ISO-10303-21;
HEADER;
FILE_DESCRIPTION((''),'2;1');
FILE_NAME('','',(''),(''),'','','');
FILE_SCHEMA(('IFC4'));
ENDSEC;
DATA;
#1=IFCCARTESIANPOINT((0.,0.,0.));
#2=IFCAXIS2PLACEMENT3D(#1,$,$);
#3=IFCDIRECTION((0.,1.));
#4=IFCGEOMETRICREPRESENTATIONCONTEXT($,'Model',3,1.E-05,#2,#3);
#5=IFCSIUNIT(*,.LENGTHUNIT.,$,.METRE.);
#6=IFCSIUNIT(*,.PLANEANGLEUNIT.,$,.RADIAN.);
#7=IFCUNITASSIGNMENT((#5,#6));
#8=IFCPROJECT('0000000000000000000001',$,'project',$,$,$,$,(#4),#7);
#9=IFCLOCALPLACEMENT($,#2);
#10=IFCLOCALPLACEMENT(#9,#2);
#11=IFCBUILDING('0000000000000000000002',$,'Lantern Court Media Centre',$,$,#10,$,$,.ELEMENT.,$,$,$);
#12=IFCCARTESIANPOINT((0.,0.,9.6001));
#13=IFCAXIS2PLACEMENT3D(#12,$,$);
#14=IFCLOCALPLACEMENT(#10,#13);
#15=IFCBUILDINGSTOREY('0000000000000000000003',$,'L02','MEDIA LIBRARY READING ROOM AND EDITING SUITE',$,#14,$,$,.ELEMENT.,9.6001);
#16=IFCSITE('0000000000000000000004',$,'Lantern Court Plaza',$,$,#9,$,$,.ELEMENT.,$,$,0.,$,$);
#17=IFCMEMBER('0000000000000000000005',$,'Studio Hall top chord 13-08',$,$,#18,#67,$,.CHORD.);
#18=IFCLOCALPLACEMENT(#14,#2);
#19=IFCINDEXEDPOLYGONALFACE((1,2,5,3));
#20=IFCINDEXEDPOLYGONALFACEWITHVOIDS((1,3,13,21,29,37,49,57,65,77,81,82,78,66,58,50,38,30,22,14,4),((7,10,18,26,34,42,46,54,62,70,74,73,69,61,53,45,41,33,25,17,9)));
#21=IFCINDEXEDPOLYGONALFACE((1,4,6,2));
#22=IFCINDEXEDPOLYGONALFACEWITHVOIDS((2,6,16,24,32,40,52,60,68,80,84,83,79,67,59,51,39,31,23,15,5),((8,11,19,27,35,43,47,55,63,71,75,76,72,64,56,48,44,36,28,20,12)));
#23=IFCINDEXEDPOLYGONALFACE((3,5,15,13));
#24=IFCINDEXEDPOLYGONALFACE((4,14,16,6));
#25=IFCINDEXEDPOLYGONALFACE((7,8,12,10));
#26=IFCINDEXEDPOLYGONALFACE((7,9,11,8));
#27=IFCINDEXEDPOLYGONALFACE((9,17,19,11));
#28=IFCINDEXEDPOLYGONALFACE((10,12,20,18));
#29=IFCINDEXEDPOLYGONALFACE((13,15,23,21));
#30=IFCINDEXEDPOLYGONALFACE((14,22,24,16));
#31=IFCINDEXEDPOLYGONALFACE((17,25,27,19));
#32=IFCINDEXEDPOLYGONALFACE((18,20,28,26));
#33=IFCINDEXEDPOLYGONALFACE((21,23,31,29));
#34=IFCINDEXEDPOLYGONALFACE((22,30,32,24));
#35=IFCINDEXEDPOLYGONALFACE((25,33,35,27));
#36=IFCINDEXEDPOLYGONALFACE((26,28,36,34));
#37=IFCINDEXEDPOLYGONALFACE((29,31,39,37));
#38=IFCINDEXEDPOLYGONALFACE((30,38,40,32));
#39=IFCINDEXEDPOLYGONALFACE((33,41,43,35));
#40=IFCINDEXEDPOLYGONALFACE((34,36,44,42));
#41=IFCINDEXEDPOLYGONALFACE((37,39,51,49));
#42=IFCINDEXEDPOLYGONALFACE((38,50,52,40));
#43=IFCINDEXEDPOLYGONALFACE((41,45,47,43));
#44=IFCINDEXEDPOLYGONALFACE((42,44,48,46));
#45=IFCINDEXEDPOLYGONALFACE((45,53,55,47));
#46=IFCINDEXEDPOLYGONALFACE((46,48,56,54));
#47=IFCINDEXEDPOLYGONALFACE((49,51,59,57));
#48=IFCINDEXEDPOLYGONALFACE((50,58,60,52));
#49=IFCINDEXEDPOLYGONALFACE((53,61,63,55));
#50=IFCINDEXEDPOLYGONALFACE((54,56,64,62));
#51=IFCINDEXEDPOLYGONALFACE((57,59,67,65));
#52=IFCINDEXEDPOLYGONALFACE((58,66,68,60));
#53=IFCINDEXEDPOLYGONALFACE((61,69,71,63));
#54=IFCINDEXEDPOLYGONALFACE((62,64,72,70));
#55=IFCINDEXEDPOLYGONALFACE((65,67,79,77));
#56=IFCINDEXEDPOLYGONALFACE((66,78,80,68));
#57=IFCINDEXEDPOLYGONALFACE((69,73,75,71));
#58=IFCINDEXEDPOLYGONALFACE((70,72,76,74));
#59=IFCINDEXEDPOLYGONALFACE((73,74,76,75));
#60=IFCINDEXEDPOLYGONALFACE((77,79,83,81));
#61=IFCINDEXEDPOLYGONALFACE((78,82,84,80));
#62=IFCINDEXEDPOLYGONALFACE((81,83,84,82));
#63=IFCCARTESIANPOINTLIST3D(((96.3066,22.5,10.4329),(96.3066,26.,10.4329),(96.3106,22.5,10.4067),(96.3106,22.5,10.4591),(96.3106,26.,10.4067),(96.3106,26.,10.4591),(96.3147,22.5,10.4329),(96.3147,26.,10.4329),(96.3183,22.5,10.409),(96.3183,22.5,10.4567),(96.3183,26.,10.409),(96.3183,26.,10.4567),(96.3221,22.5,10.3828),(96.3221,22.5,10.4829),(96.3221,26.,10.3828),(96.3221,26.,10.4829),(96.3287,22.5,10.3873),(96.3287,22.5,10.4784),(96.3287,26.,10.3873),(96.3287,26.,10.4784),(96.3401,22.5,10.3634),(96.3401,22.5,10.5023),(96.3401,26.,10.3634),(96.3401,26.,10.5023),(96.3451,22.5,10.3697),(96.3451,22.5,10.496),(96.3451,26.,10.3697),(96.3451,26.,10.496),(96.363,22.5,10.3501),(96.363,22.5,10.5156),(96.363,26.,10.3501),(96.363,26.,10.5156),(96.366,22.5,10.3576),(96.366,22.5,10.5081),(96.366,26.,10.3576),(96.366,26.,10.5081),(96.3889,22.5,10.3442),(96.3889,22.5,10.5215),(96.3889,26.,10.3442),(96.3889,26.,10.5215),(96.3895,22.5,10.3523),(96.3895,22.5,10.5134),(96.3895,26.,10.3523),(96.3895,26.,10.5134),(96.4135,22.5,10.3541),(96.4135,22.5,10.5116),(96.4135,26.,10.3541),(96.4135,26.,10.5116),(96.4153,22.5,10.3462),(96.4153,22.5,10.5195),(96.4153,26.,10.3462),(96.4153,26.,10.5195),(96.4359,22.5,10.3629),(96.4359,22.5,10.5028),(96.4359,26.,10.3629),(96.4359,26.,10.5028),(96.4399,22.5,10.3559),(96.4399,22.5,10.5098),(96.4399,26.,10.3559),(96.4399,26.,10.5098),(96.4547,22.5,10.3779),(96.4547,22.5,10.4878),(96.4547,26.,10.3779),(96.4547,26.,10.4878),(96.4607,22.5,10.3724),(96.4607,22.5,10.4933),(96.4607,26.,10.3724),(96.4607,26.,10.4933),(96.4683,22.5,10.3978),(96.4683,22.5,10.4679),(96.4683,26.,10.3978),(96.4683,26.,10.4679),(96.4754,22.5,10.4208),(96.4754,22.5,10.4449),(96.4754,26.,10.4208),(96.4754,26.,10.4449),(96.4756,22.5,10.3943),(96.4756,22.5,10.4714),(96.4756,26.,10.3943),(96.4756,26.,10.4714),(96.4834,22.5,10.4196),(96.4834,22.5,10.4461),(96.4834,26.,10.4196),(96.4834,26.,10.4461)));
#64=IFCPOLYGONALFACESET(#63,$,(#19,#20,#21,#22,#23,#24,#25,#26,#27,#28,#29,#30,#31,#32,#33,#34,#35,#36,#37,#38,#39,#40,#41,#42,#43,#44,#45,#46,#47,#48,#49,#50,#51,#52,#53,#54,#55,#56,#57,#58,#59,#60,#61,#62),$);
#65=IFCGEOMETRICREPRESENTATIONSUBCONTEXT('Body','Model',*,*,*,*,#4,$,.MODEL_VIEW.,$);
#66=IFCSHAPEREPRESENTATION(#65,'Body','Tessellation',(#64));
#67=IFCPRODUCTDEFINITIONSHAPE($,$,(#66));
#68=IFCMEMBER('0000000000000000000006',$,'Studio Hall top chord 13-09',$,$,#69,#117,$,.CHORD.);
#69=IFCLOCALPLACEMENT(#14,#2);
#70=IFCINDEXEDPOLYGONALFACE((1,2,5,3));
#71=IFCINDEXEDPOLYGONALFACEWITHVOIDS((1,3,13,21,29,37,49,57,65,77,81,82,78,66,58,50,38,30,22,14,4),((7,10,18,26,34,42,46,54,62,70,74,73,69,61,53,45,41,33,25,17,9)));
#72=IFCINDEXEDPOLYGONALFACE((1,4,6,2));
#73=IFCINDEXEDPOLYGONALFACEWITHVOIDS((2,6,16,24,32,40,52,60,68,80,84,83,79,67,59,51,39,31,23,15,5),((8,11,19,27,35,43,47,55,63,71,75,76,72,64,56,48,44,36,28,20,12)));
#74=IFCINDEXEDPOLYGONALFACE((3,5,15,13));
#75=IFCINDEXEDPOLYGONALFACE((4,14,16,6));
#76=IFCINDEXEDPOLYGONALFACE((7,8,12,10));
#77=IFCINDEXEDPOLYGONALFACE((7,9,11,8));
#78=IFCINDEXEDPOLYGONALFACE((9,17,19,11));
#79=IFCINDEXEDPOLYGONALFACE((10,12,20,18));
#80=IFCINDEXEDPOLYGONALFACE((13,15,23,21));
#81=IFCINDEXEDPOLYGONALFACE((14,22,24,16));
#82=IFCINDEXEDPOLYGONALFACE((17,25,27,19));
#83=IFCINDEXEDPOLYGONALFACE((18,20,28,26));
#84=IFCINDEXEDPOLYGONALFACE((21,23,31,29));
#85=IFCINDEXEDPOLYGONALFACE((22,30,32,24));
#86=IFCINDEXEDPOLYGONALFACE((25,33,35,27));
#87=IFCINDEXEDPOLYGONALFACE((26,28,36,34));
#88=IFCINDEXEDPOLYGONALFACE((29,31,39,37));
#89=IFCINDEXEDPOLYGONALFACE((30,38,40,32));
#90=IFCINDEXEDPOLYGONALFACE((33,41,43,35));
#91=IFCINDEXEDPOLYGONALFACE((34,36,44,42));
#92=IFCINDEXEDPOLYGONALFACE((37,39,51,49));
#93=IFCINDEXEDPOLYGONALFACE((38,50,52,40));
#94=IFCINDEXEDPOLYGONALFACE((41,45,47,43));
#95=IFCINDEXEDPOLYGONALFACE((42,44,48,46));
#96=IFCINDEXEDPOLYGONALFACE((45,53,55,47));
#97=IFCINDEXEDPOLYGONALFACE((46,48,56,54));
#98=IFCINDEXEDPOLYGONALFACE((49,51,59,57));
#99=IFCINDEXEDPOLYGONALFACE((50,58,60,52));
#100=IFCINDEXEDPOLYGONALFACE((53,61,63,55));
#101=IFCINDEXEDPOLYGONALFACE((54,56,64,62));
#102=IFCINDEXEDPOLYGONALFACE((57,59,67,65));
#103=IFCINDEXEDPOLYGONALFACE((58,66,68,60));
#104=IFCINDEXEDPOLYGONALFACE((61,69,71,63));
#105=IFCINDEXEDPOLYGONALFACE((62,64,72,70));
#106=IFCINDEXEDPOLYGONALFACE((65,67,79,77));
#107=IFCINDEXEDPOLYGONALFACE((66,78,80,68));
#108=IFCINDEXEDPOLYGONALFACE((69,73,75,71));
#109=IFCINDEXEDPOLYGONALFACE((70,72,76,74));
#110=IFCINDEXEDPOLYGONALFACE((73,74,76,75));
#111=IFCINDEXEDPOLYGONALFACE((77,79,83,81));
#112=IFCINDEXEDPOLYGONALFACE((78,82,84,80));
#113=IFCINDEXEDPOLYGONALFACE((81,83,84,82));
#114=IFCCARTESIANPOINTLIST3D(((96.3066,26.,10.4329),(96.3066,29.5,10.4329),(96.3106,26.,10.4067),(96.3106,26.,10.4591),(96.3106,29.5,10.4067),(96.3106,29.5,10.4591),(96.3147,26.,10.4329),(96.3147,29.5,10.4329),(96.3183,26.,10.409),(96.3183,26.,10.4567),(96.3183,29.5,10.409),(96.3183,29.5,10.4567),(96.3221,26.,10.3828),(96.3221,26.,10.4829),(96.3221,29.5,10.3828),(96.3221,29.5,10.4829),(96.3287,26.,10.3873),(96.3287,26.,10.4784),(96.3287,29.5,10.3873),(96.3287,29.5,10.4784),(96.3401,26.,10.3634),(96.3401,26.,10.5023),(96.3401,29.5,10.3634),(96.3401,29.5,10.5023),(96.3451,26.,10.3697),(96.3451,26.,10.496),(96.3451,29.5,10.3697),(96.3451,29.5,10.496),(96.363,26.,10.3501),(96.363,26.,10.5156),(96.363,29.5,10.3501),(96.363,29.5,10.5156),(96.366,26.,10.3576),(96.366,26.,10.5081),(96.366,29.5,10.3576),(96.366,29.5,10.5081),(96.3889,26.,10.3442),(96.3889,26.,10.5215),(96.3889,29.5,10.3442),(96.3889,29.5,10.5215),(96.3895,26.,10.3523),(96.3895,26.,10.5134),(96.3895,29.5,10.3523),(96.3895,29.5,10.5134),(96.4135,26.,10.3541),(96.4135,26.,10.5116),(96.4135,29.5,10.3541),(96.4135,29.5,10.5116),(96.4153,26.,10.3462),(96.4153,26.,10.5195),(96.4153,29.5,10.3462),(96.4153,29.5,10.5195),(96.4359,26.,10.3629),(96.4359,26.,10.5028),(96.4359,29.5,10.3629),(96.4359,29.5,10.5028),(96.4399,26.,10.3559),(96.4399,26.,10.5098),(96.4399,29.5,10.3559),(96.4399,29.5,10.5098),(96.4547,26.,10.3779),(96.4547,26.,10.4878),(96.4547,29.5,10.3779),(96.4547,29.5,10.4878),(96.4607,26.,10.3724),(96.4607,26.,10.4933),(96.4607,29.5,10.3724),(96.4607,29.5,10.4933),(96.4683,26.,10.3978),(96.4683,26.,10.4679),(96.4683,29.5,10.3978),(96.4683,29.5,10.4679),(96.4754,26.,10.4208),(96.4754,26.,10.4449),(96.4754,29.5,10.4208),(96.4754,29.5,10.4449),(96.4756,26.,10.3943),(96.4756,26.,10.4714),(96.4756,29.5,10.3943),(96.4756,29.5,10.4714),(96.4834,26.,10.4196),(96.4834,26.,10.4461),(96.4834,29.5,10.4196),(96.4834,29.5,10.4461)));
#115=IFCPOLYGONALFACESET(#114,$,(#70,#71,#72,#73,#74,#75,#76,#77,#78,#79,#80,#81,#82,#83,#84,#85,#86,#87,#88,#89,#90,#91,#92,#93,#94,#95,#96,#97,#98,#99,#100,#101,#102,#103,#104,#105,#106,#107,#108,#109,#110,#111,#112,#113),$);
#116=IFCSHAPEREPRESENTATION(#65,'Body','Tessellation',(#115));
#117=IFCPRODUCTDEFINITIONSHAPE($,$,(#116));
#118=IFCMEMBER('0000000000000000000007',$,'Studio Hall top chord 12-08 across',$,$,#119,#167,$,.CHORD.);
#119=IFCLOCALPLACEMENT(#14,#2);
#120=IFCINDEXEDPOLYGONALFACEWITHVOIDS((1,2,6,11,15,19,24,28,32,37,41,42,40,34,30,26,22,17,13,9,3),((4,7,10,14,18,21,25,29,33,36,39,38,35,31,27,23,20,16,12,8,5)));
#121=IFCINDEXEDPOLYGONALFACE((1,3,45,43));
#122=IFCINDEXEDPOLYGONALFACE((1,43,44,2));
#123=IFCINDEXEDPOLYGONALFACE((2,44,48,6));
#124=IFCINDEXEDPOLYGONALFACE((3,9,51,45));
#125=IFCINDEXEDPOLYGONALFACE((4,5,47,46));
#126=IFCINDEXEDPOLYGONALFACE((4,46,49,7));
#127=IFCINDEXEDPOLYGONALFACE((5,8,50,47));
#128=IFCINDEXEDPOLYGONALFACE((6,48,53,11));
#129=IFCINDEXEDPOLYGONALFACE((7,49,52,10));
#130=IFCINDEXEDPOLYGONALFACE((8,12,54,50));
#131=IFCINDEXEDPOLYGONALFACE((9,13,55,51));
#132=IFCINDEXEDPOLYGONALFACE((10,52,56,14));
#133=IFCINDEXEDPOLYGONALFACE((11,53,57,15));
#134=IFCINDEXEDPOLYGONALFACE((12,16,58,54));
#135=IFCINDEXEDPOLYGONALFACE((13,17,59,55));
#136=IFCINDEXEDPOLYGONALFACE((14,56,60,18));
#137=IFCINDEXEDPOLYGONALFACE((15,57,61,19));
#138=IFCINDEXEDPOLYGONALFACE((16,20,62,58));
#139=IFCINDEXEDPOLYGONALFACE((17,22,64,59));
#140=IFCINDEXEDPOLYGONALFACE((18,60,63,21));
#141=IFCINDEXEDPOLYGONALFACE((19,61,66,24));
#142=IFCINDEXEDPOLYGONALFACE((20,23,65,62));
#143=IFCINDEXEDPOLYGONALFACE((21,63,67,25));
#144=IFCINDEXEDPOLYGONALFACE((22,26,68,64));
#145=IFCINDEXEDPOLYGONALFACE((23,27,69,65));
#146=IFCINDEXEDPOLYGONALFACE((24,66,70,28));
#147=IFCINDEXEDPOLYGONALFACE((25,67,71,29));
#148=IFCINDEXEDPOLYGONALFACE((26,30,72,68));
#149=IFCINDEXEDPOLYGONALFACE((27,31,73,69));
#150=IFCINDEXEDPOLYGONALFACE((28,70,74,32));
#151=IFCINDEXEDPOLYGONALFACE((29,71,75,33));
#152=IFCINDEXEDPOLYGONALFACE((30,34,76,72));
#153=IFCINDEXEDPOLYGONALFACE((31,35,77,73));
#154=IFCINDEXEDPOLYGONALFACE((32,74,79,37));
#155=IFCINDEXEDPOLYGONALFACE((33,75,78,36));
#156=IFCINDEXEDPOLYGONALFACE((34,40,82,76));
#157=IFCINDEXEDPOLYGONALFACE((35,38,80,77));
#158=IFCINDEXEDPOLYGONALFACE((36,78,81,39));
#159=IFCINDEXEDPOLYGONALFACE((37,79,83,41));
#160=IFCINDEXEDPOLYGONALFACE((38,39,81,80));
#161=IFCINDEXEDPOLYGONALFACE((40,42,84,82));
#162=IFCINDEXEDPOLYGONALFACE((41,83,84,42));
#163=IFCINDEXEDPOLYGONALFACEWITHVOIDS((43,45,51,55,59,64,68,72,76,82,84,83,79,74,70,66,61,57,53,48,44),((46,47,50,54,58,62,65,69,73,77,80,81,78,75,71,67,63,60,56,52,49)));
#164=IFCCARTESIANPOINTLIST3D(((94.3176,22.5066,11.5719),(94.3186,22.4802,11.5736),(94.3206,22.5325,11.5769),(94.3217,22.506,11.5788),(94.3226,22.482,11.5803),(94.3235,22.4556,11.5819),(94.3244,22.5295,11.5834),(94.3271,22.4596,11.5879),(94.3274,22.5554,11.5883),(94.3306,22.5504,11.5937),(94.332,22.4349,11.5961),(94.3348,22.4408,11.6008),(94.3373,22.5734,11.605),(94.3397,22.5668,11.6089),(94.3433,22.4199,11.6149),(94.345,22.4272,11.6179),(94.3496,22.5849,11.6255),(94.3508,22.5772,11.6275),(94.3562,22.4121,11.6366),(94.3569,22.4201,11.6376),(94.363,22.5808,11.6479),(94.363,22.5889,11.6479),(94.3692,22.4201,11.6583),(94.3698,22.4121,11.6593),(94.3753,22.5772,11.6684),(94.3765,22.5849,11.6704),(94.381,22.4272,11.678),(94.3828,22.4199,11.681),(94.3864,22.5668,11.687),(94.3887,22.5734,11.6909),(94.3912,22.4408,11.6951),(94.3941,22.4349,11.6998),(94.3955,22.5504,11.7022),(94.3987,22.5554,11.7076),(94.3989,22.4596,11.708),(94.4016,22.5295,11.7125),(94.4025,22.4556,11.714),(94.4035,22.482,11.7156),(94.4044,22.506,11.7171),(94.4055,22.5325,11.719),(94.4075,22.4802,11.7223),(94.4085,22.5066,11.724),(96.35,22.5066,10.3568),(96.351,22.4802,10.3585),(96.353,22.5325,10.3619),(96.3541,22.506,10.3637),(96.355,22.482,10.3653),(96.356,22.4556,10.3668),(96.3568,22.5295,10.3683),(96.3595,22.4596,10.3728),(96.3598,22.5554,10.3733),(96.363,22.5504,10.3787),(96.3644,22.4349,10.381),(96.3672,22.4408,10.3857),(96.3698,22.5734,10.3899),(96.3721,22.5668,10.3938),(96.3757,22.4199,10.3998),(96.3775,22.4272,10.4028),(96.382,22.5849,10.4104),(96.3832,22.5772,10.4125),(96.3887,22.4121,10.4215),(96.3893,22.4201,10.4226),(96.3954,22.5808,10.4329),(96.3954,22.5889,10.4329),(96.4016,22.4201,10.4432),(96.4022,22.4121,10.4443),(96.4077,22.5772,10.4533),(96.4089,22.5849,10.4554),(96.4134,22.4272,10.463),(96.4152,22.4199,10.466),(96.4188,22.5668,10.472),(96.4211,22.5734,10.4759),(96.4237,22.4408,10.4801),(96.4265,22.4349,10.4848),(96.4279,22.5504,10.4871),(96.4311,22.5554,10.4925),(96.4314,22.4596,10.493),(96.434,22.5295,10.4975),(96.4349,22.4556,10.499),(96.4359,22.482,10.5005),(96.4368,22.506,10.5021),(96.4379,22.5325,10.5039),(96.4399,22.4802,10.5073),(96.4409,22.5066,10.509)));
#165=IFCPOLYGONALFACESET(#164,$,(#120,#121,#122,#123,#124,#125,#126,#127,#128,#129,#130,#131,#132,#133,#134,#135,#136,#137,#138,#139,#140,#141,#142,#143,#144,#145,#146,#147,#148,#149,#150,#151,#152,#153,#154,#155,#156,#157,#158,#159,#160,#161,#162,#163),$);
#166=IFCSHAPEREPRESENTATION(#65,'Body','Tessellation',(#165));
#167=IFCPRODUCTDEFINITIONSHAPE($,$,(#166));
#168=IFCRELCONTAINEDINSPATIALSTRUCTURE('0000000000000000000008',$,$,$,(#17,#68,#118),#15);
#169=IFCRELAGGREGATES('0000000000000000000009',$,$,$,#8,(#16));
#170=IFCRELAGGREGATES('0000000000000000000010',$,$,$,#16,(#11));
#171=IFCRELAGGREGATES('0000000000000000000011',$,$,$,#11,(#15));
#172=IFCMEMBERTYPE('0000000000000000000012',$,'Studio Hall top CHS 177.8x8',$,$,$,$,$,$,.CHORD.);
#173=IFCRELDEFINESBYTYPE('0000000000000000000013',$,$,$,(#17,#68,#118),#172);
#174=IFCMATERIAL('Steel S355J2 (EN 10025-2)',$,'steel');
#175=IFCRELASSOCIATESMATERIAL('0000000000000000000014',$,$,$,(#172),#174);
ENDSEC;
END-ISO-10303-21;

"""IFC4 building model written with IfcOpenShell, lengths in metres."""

from ifc_helpers import new_model, si_unit, direction, frame, origin, origin_2d, place, context, subcontext, project, spatial, hollow_circle, extrude, material, material_profile, profile_set, type_object, element, save


model = new_model("IFC4")

# Units and contexts
model_context = context("Model", 3, precision=1e-05, world=origin(), true_north=direction((0.0, 1.0)))
body_context = subcontext(model_context, "Body", "Model", "MODEL_VIEW")
ifc_project = project(units=[si_unit("LENGTHUNIT", "METRE"), si_unit("PLANEANGLEUNIT", "RADIAN")], contexts=[model_context])

# Site, building, storey
site_placement = place(None, origin())
site = spatial("IfcSite", under=ifc_project, at=site_placement, Name="Lantern Court Plaza", CompositionType="ELEMENT", RefElevation=0.0)
building_placement = place(site_placement, origin())
building = spatial("IfcBuilding", under=site, at=building_placement, Name="Lantern Court Media Centre", CompositionType="ELEMENT")
storey_placement = place(building_placement, frame((0.0, 0.0, 9.6001)))
storey = spatial("IfcBuildingStorey", under=building, at=storey_placement, Name="L02", Description="MEDIA LIBRARY READING ROOM AND EDITING SUITE", CompositionType="ELEMENT", Elevation=9.6001)

# Members
ifc_material = material(Name="Steel S355J2 (EN 10025-2)", Category="steel")
ifc_material_profile_1 = material_profile(ifc_material, hollow_circle(Radius=0.0889, WallThickness=0.0081, at=origin_2d()), Name="Studio Hall top CHS 177.8x8")
ifc_profile_set_1 = profile_set([ifc_material_profile_1], Name="Steel S355J2 (EN 10025-2)")
member_type_1 = type_object("IfcMemberType", Name="Studio Hall top CHS 177.8x8", PredefinedType="CHORD", material=ifc_profile_set_1)
for number, where, z_axis, x_axis, name in (
    (1, (96.3955, 22.5, 10.4329), (0.0, 1.0, 0.0), (-1.0, 0.0, 0.0), "Studio Hall top chord 13-08"),
    (2, (96.3955, 26.0, 10.4329), (0.0, 1.0, 0.0), (-1.0, 0.0, 0.0), "Studio Hall top chord 13-09"),
):
    element("IfcMember", number, at=place(storey_placement, frame(where, z_axis=z_axis, x_axis=x_axis)), inside=storey, type_object=member_type_1, Name=name, PredefinedType="CHORD", context=body_context, shape_type="SweptSolid", body=[
        extrude(hollow_circle(Radius=0.0889, WallThickness=0.0081, at=origin_2d()), origin(), (0.0, 0.0, 1.0), 3.5),
    ])
for number, where, z_axis, x_axis, name in (
    (3, (94.363, 22.5, 11.6479), (0.858311, 0.0, -0.513131), (0.0, 1.0, 0.0), "Studio Hall top chord 12-08 across"),
):
    element("IfcMember", number, at=place(storey_placement, frame(where, z_axis=z_axis, x_axis=x_axis)), inside=storey, type_object=member_type_1, Name=name, PredefinedType="CHORD", context=body_context, shape_type="SweptSolid", body=[
        extrude(hollow_circle(Radius=0.0889, WallThickness=0.0081, at=origin_2d()), origin(), (0.0, 0.0, 1.0), 2.3679),
    ])

save(model, "model.ifc")
